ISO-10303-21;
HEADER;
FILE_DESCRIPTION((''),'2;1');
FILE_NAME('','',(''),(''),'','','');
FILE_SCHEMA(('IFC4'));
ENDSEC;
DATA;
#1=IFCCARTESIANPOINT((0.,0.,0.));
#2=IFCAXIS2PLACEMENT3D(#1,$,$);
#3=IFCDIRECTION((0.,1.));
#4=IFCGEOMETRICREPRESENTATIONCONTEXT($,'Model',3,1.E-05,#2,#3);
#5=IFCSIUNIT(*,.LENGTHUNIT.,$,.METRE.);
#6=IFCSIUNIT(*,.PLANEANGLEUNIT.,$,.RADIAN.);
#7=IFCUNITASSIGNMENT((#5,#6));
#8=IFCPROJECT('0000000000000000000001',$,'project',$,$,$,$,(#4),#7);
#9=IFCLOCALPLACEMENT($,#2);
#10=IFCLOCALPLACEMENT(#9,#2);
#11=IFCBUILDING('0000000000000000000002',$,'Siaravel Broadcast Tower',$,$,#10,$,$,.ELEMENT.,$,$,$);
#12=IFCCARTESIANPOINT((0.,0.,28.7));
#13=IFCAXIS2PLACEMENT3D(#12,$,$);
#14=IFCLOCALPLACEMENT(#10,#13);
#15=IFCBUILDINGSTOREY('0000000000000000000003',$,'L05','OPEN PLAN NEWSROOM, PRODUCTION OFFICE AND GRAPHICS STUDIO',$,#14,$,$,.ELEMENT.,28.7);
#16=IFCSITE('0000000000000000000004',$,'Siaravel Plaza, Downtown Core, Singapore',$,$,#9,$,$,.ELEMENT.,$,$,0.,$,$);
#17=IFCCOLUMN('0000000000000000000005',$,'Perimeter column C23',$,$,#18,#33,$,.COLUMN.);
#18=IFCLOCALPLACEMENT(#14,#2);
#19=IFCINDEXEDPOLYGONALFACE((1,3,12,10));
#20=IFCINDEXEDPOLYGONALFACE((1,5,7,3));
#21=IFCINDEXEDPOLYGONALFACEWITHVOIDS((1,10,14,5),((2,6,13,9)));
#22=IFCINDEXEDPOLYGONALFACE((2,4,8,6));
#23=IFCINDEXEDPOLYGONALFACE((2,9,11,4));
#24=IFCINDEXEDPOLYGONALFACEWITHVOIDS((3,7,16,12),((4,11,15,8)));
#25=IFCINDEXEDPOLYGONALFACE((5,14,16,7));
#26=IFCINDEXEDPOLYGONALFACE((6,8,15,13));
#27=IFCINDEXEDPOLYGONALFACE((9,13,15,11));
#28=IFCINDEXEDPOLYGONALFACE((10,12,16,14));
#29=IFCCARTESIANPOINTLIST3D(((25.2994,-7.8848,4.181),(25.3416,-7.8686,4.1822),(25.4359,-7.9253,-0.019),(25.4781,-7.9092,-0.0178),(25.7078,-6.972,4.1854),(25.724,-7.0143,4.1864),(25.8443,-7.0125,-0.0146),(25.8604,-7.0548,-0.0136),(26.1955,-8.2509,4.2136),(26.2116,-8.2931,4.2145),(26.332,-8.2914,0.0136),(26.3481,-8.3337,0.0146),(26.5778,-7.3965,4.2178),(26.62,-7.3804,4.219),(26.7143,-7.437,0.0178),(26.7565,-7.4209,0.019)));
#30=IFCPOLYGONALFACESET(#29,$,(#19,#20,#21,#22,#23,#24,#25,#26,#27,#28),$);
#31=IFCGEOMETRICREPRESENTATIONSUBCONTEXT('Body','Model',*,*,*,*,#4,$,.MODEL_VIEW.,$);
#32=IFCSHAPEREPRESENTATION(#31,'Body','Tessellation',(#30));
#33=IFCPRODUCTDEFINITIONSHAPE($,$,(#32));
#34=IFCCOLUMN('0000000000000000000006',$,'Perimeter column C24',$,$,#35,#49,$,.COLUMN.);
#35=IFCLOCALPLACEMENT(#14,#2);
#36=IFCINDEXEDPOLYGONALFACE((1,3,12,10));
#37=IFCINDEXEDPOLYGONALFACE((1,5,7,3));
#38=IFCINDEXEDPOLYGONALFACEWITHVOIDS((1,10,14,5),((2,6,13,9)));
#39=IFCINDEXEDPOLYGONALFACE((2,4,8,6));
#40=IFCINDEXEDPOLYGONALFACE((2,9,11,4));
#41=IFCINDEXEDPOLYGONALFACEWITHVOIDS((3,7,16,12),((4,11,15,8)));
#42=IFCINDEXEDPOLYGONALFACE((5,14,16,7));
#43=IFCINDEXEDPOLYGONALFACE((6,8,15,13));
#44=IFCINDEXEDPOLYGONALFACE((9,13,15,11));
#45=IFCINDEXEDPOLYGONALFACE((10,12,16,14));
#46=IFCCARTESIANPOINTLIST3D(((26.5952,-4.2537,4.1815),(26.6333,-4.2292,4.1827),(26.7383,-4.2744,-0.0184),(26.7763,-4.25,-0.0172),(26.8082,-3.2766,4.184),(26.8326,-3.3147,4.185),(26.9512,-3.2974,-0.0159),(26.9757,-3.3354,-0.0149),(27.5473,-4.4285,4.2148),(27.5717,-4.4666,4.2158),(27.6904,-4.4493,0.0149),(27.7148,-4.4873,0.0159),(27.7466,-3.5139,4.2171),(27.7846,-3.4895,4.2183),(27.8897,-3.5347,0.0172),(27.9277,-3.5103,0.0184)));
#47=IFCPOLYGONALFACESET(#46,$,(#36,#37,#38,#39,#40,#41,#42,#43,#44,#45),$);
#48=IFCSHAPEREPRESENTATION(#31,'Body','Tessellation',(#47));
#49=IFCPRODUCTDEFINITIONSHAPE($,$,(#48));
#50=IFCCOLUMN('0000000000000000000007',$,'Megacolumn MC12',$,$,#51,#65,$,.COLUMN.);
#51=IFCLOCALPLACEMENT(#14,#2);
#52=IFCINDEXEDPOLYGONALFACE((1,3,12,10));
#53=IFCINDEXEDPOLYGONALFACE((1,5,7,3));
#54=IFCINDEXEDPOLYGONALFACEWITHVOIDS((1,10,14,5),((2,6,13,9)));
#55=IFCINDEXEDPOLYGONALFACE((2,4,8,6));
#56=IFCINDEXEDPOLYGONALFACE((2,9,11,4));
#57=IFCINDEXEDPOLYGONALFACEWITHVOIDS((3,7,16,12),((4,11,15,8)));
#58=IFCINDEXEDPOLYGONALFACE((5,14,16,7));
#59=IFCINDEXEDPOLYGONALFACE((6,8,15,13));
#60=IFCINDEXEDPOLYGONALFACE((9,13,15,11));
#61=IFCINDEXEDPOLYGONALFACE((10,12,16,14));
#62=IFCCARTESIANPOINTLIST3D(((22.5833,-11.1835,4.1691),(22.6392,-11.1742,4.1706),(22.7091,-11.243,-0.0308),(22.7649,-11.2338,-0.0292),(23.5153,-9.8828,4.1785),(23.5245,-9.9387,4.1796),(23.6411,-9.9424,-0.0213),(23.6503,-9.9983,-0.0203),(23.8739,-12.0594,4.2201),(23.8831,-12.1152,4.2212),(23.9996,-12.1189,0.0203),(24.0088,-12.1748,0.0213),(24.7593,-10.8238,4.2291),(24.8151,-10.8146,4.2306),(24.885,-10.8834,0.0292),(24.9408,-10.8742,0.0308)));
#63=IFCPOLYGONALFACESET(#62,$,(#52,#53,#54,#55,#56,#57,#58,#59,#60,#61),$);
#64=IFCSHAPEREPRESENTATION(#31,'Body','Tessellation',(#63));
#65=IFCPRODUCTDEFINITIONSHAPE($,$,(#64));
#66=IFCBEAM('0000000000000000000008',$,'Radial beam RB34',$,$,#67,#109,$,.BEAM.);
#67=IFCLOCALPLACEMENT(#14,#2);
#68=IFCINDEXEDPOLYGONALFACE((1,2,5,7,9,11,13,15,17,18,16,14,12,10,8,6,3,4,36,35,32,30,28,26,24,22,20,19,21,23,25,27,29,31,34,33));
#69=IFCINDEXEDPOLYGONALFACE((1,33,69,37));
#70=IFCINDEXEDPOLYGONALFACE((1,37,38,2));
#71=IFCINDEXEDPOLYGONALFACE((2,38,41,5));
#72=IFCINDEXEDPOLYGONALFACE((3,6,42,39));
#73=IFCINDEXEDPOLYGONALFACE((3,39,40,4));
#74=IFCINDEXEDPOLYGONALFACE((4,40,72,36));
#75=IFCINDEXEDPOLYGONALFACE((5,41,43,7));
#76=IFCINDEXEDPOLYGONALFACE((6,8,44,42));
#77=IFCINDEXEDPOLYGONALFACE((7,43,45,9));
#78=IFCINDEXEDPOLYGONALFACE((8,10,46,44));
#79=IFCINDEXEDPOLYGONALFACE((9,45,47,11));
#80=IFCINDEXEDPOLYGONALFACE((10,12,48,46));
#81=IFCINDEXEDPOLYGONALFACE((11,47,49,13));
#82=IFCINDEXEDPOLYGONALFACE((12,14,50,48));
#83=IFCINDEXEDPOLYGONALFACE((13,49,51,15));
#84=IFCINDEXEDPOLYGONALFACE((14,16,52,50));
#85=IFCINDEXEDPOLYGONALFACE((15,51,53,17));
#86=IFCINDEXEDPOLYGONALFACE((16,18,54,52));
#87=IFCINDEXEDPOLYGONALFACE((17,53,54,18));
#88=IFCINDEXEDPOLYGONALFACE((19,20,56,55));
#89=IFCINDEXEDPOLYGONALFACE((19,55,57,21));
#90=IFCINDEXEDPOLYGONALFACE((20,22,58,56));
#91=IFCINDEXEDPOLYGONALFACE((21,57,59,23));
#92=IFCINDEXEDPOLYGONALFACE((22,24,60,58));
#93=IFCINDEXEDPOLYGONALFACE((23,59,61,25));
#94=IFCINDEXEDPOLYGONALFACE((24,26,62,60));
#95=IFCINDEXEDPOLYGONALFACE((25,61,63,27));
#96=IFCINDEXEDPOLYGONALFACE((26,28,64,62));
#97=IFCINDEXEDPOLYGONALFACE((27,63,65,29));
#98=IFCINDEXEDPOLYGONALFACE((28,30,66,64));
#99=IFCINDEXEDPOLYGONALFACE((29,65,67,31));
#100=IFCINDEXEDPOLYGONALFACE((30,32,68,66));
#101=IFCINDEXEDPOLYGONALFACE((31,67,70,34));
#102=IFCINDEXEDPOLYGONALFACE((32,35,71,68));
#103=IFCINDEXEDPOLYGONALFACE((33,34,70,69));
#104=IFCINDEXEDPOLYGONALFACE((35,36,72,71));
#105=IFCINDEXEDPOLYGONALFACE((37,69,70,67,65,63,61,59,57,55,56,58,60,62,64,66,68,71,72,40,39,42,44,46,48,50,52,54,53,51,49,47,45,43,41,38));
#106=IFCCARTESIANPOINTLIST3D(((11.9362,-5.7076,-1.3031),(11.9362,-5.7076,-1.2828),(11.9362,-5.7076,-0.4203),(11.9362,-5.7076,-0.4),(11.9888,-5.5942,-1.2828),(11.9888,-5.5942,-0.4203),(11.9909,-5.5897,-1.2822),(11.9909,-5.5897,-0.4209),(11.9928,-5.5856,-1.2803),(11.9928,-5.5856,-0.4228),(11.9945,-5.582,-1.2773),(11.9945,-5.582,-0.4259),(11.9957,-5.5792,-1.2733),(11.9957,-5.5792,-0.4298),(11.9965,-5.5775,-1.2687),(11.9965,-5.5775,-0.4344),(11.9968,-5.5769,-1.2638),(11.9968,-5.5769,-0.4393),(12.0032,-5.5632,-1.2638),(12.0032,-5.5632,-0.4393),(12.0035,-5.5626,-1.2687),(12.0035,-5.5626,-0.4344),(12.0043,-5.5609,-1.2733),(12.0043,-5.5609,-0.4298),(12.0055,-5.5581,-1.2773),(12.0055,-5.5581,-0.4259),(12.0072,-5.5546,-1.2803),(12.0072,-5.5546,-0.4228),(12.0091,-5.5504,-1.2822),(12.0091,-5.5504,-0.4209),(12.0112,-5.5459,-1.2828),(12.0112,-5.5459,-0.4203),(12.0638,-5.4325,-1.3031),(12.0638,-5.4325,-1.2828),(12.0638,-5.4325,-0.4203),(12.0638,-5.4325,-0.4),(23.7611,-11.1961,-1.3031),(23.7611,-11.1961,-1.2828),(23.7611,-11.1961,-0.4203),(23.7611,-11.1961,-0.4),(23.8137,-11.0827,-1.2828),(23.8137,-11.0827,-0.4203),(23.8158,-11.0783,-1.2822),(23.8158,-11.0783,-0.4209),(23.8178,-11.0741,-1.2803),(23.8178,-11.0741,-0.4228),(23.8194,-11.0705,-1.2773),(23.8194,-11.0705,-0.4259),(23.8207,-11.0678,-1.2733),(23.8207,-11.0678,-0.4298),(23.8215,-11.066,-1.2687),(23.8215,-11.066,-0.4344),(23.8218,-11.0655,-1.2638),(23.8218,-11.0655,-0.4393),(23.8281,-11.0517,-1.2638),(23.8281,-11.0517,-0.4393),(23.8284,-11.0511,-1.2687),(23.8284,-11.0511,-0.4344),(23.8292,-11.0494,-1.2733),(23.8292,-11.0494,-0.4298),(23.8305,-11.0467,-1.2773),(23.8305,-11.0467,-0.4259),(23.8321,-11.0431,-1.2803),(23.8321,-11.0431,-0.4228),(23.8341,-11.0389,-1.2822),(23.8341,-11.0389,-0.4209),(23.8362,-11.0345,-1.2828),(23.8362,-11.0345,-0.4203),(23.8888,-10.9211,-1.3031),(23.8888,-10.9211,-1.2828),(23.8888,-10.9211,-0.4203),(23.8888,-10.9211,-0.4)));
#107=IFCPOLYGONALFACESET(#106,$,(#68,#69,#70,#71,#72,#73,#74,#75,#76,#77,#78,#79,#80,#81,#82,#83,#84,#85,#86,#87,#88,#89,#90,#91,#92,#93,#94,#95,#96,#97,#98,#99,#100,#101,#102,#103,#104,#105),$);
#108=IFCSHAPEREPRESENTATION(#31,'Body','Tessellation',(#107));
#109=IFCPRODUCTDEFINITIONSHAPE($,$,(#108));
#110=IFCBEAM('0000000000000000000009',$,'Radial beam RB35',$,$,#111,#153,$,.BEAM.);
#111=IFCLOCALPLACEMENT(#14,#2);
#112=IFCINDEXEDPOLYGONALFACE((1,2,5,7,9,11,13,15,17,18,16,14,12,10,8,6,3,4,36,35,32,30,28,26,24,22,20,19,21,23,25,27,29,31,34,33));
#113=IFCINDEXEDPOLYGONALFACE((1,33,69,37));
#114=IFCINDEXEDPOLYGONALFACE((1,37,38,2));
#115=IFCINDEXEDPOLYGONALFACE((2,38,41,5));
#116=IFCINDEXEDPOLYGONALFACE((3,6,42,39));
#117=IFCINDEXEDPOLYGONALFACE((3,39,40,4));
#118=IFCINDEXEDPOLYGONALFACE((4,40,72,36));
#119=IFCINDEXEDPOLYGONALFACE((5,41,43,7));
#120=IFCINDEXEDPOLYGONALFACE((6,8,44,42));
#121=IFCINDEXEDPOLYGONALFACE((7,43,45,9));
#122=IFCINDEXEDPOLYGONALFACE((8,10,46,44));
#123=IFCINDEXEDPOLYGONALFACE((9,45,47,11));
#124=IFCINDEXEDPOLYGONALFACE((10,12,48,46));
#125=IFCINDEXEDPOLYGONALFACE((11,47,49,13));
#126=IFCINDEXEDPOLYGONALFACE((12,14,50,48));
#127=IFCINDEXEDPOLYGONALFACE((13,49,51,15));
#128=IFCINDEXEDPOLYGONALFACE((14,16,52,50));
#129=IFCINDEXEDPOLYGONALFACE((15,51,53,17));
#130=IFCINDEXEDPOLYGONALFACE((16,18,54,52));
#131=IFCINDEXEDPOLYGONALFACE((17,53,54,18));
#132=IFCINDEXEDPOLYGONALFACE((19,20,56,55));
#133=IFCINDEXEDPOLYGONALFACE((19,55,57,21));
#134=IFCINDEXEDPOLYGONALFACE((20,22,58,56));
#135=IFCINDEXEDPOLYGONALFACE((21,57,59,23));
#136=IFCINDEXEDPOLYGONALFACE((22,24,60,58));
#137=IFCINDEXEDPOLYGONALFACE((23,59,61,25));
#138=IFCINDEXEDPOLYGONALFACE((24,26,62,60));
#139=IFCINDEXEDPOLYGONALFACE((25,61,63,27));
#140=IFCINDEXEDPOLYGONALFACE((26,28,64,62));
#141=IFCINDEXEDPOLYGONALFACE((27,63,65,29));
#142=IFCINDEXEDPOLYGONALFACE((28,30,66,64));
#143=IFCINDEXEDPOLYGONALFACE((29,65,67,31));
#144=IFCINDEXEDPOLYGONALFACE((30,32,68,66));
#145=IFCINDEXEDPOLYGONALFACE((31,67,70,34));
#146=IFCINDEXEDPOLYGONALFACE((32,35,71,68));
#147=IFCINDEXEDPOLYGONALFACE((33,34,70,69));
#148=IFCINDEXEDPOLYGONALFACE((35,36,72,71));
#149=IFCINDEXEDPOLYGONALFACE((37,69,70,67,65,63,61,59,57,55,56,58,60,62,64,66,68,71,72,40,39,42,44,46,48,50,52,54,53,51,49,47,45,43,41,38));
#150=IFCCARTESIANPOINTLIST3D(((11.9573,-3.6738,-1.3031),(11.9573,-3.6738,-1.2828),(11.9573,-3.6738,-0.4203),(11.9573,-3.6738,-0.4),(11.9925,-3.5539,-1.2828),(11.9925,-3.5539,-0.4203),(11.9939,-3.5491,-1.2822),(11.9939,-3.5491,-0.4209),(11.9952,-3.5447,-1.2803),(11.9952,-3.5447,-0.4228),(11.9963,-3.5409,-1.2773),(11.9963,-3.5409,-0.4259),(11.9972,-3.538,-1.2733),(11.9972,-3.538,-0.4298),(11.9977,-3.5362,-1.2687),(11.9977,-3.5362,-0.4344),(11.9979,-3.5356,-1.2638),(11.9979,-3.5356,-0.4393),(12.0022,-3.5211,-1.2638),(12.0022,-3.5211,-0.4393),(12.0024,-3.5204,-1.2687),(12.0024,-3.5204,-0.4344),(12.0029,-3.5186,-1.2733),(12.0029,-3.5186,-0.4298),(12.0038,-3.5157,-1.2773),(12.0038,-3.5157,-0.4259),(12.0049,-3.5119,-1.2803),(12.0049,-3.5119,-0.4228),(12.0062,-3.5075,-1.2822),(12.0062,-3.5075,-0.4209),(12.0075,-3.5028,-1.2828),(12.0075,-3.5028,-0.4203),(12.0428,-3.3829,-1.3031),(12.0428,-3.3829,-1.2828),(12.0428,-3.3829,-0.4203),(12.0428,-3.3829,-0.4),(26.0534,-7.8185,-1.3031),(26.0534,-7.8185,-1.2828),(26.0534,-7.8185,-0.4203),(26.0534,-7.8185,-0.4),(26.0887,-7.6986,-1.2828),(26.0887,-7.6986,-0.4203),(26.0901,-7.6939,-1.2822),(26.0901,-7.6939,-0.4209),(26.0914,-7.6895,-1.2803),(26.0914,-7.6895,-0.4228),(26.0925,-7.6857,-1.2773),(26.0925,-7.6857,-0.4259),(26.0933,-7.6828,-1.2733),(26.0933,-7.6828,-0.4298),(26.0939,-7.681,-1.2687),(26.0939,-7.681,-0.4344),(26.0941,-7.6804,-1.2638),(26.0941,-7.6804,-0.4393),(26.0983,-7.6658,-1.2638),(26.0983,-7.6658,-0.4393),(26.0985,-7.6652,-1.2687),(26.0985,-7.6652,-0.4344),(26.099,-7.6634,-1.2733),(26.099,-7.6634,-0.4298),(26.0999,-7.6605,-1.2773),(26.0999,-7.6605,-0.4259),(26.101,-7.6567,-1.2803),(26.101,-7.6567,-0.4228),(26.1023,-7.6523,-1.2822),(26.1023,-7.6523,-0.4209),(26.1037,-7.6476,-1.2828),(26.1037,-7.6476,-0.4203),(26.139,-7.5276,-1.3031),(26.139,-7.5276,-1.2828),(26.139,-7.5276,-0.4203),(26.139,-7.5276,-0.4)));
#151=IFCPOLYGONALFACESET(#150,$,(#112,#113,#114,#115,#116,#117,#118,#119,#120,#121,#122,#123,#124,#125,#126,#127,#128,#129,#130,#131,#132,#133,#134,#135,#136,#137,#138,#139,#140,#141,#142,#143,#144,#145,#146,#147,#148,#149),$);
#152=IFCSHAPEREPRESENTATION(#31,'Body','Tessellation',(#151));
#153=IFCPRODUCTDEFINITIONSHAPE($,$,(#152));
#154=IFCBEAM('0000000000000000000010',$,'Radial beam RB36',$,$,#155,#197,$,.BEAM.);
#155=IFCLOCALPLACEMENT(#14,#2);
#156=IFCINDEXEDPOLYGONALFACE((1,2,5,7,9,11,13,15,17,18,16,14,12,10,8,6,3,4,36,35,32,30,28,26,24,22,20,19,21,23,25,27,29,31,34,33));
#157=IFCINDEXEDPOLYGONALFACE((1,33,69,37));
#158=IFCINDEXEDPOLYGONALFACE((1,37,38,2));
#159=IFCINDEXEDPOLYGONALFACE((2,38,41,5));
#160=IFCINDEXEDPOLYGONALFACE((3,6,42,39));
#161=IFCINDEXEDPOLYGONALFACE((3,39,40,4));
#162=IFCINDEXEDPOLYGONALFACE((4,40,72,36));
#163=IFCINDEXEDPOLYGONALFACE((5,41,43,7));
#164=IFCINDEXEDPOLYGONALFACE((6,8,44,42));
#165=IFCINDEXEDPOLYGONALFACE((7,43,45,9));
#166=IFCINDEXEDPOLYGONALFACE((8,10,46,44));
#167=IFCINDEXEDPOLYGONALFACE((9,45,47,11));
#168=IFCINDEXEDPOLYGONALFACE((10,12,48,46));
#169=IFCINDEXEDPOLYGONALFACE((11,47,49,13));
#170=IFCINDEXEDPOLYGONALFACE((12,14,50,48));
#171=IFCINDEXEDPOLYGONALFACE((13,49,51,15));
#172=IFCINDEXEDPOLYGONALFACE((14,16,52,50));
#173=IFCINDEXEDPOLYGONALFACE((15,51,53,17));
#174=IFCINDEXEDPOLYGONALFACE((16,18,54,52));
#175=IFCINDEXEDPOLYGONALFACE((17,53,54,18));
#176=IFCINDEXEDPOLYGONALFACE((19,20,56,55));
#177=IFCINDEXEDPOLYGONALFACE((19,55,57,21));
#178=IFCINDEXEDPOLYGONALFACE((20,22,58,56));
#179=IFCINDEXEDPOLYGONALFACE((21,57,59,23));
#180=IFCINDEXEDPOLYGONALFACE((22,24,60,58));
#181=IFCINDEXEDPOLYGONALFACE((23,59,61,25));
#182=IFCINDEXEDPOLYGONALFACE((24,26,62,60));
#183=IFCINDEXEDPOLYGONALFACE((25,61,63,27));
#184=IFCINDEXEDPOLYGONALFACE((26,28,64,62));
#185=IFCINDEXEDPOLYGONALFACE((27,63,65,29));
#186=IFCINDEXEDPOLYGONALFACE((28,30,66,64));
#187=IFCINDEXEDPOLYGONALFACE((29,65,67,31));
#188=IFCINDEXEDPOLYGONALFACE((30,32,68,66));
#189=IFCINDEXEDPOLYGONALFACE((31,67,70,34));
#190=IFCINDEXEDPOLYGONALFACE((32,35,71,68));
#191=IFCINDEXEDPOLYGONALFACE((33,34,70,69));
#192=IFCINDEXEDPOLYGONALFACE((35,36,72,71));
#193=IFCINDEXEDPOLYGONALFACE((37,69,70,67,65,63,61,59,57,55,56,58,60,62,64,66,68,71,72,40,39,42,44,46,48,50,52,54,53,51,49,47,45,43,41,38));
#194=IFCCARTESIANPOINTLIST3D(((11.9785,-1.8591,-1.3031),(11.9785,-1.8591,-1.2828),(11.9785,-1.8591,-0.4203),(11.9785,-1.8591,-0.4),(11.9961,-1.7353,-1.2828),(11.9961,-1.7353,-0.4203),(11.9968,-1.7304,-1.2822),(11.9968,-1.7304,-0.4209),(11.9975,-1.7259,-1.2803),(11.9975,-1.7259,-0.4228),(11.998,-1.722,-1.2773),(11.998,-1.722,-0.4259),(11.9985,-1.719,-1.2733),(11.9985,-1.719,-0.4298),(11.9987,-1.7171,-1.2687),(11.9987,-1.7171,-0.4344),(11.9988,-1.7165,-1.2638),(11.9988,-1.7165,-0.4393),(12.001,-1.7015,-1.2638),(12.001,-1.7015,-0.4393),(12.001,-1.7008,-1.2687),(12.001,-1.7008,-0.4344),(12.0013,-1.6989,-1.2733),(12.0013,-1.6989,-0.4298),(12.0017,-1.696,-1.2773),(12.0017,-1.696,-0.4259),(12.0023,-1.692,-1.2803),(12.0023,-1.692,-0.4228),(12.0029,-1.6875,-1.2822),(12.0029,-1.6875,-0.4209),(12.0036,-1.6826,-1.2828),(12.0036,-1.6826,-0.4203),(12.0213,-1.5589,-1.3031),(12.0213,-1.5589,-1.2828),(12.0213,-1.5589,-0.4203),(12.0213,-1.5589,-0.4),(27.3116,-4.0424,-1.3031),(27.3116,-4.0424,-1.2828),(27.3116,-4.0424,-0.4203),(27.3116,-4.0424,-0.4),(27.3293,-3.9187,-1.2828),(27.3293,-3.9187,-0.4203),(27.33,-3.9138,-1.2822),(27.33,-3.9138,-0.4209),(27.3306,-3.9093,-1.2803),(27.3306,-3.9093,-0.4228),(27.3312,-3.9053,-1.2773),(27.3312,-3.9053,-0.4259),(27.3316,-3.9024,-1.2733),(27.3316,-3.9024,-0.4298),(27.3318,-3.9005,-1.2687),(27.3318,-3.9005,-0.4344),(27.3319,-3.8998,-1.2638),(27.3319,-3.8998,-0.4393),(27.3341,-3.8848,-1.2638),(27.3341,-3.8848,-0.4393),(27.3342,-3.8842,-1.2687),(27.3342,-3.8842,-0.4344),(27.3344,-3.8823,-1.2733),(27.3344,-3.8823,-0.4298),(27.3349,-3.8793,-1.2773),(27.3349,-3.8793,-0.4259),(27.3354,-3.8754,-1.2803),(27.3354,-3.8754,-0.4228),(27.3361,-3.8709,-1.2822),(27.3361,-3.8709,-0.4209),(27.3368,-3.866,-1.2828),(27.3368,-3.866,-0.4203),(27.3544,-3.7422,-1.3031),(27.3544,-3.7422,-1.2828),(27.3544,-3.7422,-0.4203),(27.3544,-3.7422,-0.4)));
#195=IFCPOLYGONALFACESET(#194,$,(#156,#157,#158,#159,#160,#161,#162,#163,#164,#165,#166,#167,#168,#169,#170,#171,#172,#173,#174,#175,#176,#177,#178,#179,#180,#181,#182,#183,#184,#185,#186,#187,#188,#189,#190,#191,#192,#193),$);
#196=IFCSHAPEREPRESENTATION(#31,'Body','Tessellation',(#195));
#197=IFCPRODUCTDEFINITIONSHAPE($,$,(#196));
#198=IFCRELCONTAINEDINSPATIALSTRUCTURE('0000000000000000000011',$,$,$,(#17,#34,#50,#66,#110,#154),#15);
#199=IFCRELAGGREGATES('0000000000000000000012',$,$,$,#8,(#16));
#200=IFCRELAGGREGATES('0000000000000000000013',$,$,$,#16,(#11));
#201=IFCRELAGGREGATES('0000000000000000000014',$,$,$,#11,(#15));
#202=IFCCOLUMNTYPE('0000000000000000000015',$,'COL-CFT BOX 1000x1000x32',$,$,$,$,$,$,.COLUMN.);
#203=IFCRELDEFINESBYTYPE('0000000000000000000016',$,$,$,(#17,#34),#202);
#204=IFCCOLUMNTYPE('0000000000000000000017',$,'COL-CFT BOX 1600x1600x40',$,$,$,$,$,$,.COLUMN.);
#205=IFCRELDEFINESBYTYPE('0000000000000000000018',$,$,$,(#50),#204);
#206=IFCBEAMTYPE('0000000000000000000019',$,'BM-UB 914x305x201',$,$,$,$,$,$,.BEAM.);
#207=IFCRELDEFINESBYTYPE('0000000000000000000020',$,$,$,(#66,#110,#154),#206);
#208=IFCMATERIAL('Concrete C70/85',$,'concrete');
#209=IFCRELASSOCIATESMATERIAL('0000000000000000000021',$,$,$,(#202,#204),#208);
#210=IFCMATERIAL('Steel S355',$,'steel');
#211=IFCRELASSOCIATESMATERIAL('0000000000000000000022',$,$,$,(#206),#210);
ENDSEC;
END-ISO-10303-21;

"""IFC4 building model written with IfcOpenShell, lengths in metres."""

from ifc_helpers import new_model, si_unit, direction, frame, origin, origin_2d, place, context, subcontext, project, spatial, hollow_rectangle, i_section, extrude, material, material_profile, profile_set, type_object, element, save


model = new_model("IFC4")

# Units and contexts
model_context = context("Model", 3, precision=1e-05, world=origin(), true_north=direction((0.0, 1.0)))
body_context = subcontext(model_context, "Body", "Model", "MODEL_VIEW")
ifc_project = project(units=[si_unit("LENGTHUNIT", "METRE"), si_unit("PLANEANGLEUNIT", "RADIAN")], contexts=[model_context])

# Site, building, storey
site_placement = place(None, origin())
site = spatial("IfcSite", under=ifc_project, at=site_placement, Name="Siaravel Plaza, Downtown Core, Singapore", CompositionType="ELEMENT", RefElevation=0.0)
building_placement = place(site_placement, origin())
building = spatial("IfcBuilding", under=site, at=building_placement, Name="Siaravel Broadcast Tower", CompositionType="ELEMENT")
storey_placement = place(building_placement, frame((0.0, 0.0, 28.7)))
storey = spatial("IfcBuildingStorey", under=building, at=storey_placement, Name="L05", Description="OPEN PLAN NEWSROOM, PRODUCTION OFFICE AND GRAPHICS STUDIO", CompositionType="ELEMENT", Elevation=28.7)

# Columns
ifc_material_1 = material(Name="Concrete C70/85", Category="concrete")
ifc_material_profile_1 = material_profile(ifc_material_1, hollow_rectangle(XDim=1.0, YDim=1.0, WallThickness=0.032, at=origin_2d()))
ifc_profile_set_1 = profile_set([ifc_material_profile_1], Name="Concrete C70/85")
column_type_1 = type_object("IfcColumnType", Name="COL-CFT BOX 1000x1000x32", PredefinedType="COLUMN", material=ifc_profile_set_1)
for number, where, z_axis, x_axis, name in (
    (1, (26.0962, -7.6731, 0.0), (-0.032476, 0.009644, 0.999426), (-0.408453, -0.912768, -0.004465), "Perimeter column C23"),
    (2, (27.333, -3.8923, 0.0), (-0.034044, 0.004938, 0.999408), (-0.212942, -0.977062, -0.002426), "Perimeter column C24"),
):
    element("IfcColumn", number, at=place(storey_placement, frame(where, z_axis=z_axis, x_axis=x_axis)), inside=storey, type_object=column_type_1, Name=name, PredefinedType="COLUMN", context=body_context, shape_type="SweptSolid", body=[
        extrude(hollow_rectangle(XDim=1.0, YDim=1.0, WallThickness=0.032, at=origin_2d()), origin(), (0.0, 0.0, 1.0), 4.2024),
    ])
ifc_material_profile_2 = material_profile(ifc_material_1, hollow_rectangle(XDim=1.6001, YDim=1.6001, WallThickness=0.04, at=origin_2d()))
ifc_profile_set_2 = profile_set([ifc_material_profile_2], Name="Concrete C70/85")
column_type_2 = type_object("IfcColumnType", Name="COL-CFT BOX 1600x1600x40", PredefinedType="COLUMN", material=ifc_profile_set_2)
column_placement = place(storey_placement, frame((23.825, -11.0586, 0.0), z_axis=(-0.02992, 0.014176, 0.999452), x_axis=(-0.58246, -0.812838, -0.005908)))
element("IfcColumn", 3, at=column_placement, inside=storey, type_object=column_type_2, Name="Megacolumn MC12", PredefinedType="COLUMN", context=body_context, shape_type="SweptSolid", body=[
    extrude(hollow_rectangle(XDim=1.6001, YDim=1.6001, WallThickness=0.04, at=origin_2d()), origin(), (0.0, 0.0, 1.0), 4.2021),
])

# Beams
ifc_material_2 = material(Name="Steel S355", Category="steel")
ifc_material_profile_3 = material_profile(ifc_material_2, i_section(OverallWidth=0.3032, OverallDepth=0.9031, WebThickness=0.0151, FlangeThickness=0.0203, FilletRadius=0.019, at=origin_2d()))
ifc_profile_set_3 = profile_set([ifc_material_profile_3], Name="Steel S355")
beam_type = type_object("IfcBeamType", Name="BM-UB 914x305x201", PredefinedType="BEAM", material=ifc_profile_set_3)
beam_1_placement = place(storey_placement, frame((23.825, -11.0586, -0.8516), z_axis=(-0.907057, 0.421008, 0.0), x_axis=(-0.421008, -0.907057, 0.0)))
element("IfcBeam", 4, at=beam_1_placement, inside=storey, type_object=beam_type, Name="Radial beam RB34", PredefinedType="BEAM", context=body_context, shape_type="SweptSolid", body=[
    extrude(i_section(OverallWidth=0.3032, OverallDepth=0.9031, WebThickness=0.0151, FlangeThickness=0.0203, FilletRadius=0.019, at=origin_2d()), origin(), (0.0, 0.0, 1.0), 13.0366),
])
beam_2_placement = place(storey_placement, frame((26.0962, -7.6731, -0.8516), z_axis=(-0.959387, 0.282093, 0.0), x_axis=(-0.282093, -0.959387, 0.0)))
element("IfcBeam", 5, at=beam_2_placement, inside=storey, type_object=beam_type, Name="Radial beam RB35", PredefinedType="BEAM", context=body_context, shape_type="SweptSolid", body=[
    extrude(i_section(OverallWidth=0.3032, OverallDepth=0.9031, WebThickness=0.0151, FlangeThickness=0.0203, FilletRadius=0.019, at=origin_2d()), origin(), (0.0, 0.0, 1.0), 14.6929),
])
beam_3_placement = place(storey_placement, frame((27.333, -3.8923, -0.8516), z_axis=(-0.990013, 0.140973, 0.0), x_axis=(-0.140973, -0.990013, 0.0)))
element("IfcBeam", 6, at=beam_3_placement, inside=storey, type_object=beam_type, Name="Radial beam RB36", PredefinedType="BEAM", context=body_context, shape_type="SweptSolid", body=[
    extrude(i_section(OverallWidth=0.3032, OverallDepth=0.9031, WebThickness=0.0151, FlangeThickness=0.0203, FilletRadius=0.019, at=origin_2d()), origin(), (0.0, 0.0, 1.0), 15.4878),
])

save(model, "model.ifc")
